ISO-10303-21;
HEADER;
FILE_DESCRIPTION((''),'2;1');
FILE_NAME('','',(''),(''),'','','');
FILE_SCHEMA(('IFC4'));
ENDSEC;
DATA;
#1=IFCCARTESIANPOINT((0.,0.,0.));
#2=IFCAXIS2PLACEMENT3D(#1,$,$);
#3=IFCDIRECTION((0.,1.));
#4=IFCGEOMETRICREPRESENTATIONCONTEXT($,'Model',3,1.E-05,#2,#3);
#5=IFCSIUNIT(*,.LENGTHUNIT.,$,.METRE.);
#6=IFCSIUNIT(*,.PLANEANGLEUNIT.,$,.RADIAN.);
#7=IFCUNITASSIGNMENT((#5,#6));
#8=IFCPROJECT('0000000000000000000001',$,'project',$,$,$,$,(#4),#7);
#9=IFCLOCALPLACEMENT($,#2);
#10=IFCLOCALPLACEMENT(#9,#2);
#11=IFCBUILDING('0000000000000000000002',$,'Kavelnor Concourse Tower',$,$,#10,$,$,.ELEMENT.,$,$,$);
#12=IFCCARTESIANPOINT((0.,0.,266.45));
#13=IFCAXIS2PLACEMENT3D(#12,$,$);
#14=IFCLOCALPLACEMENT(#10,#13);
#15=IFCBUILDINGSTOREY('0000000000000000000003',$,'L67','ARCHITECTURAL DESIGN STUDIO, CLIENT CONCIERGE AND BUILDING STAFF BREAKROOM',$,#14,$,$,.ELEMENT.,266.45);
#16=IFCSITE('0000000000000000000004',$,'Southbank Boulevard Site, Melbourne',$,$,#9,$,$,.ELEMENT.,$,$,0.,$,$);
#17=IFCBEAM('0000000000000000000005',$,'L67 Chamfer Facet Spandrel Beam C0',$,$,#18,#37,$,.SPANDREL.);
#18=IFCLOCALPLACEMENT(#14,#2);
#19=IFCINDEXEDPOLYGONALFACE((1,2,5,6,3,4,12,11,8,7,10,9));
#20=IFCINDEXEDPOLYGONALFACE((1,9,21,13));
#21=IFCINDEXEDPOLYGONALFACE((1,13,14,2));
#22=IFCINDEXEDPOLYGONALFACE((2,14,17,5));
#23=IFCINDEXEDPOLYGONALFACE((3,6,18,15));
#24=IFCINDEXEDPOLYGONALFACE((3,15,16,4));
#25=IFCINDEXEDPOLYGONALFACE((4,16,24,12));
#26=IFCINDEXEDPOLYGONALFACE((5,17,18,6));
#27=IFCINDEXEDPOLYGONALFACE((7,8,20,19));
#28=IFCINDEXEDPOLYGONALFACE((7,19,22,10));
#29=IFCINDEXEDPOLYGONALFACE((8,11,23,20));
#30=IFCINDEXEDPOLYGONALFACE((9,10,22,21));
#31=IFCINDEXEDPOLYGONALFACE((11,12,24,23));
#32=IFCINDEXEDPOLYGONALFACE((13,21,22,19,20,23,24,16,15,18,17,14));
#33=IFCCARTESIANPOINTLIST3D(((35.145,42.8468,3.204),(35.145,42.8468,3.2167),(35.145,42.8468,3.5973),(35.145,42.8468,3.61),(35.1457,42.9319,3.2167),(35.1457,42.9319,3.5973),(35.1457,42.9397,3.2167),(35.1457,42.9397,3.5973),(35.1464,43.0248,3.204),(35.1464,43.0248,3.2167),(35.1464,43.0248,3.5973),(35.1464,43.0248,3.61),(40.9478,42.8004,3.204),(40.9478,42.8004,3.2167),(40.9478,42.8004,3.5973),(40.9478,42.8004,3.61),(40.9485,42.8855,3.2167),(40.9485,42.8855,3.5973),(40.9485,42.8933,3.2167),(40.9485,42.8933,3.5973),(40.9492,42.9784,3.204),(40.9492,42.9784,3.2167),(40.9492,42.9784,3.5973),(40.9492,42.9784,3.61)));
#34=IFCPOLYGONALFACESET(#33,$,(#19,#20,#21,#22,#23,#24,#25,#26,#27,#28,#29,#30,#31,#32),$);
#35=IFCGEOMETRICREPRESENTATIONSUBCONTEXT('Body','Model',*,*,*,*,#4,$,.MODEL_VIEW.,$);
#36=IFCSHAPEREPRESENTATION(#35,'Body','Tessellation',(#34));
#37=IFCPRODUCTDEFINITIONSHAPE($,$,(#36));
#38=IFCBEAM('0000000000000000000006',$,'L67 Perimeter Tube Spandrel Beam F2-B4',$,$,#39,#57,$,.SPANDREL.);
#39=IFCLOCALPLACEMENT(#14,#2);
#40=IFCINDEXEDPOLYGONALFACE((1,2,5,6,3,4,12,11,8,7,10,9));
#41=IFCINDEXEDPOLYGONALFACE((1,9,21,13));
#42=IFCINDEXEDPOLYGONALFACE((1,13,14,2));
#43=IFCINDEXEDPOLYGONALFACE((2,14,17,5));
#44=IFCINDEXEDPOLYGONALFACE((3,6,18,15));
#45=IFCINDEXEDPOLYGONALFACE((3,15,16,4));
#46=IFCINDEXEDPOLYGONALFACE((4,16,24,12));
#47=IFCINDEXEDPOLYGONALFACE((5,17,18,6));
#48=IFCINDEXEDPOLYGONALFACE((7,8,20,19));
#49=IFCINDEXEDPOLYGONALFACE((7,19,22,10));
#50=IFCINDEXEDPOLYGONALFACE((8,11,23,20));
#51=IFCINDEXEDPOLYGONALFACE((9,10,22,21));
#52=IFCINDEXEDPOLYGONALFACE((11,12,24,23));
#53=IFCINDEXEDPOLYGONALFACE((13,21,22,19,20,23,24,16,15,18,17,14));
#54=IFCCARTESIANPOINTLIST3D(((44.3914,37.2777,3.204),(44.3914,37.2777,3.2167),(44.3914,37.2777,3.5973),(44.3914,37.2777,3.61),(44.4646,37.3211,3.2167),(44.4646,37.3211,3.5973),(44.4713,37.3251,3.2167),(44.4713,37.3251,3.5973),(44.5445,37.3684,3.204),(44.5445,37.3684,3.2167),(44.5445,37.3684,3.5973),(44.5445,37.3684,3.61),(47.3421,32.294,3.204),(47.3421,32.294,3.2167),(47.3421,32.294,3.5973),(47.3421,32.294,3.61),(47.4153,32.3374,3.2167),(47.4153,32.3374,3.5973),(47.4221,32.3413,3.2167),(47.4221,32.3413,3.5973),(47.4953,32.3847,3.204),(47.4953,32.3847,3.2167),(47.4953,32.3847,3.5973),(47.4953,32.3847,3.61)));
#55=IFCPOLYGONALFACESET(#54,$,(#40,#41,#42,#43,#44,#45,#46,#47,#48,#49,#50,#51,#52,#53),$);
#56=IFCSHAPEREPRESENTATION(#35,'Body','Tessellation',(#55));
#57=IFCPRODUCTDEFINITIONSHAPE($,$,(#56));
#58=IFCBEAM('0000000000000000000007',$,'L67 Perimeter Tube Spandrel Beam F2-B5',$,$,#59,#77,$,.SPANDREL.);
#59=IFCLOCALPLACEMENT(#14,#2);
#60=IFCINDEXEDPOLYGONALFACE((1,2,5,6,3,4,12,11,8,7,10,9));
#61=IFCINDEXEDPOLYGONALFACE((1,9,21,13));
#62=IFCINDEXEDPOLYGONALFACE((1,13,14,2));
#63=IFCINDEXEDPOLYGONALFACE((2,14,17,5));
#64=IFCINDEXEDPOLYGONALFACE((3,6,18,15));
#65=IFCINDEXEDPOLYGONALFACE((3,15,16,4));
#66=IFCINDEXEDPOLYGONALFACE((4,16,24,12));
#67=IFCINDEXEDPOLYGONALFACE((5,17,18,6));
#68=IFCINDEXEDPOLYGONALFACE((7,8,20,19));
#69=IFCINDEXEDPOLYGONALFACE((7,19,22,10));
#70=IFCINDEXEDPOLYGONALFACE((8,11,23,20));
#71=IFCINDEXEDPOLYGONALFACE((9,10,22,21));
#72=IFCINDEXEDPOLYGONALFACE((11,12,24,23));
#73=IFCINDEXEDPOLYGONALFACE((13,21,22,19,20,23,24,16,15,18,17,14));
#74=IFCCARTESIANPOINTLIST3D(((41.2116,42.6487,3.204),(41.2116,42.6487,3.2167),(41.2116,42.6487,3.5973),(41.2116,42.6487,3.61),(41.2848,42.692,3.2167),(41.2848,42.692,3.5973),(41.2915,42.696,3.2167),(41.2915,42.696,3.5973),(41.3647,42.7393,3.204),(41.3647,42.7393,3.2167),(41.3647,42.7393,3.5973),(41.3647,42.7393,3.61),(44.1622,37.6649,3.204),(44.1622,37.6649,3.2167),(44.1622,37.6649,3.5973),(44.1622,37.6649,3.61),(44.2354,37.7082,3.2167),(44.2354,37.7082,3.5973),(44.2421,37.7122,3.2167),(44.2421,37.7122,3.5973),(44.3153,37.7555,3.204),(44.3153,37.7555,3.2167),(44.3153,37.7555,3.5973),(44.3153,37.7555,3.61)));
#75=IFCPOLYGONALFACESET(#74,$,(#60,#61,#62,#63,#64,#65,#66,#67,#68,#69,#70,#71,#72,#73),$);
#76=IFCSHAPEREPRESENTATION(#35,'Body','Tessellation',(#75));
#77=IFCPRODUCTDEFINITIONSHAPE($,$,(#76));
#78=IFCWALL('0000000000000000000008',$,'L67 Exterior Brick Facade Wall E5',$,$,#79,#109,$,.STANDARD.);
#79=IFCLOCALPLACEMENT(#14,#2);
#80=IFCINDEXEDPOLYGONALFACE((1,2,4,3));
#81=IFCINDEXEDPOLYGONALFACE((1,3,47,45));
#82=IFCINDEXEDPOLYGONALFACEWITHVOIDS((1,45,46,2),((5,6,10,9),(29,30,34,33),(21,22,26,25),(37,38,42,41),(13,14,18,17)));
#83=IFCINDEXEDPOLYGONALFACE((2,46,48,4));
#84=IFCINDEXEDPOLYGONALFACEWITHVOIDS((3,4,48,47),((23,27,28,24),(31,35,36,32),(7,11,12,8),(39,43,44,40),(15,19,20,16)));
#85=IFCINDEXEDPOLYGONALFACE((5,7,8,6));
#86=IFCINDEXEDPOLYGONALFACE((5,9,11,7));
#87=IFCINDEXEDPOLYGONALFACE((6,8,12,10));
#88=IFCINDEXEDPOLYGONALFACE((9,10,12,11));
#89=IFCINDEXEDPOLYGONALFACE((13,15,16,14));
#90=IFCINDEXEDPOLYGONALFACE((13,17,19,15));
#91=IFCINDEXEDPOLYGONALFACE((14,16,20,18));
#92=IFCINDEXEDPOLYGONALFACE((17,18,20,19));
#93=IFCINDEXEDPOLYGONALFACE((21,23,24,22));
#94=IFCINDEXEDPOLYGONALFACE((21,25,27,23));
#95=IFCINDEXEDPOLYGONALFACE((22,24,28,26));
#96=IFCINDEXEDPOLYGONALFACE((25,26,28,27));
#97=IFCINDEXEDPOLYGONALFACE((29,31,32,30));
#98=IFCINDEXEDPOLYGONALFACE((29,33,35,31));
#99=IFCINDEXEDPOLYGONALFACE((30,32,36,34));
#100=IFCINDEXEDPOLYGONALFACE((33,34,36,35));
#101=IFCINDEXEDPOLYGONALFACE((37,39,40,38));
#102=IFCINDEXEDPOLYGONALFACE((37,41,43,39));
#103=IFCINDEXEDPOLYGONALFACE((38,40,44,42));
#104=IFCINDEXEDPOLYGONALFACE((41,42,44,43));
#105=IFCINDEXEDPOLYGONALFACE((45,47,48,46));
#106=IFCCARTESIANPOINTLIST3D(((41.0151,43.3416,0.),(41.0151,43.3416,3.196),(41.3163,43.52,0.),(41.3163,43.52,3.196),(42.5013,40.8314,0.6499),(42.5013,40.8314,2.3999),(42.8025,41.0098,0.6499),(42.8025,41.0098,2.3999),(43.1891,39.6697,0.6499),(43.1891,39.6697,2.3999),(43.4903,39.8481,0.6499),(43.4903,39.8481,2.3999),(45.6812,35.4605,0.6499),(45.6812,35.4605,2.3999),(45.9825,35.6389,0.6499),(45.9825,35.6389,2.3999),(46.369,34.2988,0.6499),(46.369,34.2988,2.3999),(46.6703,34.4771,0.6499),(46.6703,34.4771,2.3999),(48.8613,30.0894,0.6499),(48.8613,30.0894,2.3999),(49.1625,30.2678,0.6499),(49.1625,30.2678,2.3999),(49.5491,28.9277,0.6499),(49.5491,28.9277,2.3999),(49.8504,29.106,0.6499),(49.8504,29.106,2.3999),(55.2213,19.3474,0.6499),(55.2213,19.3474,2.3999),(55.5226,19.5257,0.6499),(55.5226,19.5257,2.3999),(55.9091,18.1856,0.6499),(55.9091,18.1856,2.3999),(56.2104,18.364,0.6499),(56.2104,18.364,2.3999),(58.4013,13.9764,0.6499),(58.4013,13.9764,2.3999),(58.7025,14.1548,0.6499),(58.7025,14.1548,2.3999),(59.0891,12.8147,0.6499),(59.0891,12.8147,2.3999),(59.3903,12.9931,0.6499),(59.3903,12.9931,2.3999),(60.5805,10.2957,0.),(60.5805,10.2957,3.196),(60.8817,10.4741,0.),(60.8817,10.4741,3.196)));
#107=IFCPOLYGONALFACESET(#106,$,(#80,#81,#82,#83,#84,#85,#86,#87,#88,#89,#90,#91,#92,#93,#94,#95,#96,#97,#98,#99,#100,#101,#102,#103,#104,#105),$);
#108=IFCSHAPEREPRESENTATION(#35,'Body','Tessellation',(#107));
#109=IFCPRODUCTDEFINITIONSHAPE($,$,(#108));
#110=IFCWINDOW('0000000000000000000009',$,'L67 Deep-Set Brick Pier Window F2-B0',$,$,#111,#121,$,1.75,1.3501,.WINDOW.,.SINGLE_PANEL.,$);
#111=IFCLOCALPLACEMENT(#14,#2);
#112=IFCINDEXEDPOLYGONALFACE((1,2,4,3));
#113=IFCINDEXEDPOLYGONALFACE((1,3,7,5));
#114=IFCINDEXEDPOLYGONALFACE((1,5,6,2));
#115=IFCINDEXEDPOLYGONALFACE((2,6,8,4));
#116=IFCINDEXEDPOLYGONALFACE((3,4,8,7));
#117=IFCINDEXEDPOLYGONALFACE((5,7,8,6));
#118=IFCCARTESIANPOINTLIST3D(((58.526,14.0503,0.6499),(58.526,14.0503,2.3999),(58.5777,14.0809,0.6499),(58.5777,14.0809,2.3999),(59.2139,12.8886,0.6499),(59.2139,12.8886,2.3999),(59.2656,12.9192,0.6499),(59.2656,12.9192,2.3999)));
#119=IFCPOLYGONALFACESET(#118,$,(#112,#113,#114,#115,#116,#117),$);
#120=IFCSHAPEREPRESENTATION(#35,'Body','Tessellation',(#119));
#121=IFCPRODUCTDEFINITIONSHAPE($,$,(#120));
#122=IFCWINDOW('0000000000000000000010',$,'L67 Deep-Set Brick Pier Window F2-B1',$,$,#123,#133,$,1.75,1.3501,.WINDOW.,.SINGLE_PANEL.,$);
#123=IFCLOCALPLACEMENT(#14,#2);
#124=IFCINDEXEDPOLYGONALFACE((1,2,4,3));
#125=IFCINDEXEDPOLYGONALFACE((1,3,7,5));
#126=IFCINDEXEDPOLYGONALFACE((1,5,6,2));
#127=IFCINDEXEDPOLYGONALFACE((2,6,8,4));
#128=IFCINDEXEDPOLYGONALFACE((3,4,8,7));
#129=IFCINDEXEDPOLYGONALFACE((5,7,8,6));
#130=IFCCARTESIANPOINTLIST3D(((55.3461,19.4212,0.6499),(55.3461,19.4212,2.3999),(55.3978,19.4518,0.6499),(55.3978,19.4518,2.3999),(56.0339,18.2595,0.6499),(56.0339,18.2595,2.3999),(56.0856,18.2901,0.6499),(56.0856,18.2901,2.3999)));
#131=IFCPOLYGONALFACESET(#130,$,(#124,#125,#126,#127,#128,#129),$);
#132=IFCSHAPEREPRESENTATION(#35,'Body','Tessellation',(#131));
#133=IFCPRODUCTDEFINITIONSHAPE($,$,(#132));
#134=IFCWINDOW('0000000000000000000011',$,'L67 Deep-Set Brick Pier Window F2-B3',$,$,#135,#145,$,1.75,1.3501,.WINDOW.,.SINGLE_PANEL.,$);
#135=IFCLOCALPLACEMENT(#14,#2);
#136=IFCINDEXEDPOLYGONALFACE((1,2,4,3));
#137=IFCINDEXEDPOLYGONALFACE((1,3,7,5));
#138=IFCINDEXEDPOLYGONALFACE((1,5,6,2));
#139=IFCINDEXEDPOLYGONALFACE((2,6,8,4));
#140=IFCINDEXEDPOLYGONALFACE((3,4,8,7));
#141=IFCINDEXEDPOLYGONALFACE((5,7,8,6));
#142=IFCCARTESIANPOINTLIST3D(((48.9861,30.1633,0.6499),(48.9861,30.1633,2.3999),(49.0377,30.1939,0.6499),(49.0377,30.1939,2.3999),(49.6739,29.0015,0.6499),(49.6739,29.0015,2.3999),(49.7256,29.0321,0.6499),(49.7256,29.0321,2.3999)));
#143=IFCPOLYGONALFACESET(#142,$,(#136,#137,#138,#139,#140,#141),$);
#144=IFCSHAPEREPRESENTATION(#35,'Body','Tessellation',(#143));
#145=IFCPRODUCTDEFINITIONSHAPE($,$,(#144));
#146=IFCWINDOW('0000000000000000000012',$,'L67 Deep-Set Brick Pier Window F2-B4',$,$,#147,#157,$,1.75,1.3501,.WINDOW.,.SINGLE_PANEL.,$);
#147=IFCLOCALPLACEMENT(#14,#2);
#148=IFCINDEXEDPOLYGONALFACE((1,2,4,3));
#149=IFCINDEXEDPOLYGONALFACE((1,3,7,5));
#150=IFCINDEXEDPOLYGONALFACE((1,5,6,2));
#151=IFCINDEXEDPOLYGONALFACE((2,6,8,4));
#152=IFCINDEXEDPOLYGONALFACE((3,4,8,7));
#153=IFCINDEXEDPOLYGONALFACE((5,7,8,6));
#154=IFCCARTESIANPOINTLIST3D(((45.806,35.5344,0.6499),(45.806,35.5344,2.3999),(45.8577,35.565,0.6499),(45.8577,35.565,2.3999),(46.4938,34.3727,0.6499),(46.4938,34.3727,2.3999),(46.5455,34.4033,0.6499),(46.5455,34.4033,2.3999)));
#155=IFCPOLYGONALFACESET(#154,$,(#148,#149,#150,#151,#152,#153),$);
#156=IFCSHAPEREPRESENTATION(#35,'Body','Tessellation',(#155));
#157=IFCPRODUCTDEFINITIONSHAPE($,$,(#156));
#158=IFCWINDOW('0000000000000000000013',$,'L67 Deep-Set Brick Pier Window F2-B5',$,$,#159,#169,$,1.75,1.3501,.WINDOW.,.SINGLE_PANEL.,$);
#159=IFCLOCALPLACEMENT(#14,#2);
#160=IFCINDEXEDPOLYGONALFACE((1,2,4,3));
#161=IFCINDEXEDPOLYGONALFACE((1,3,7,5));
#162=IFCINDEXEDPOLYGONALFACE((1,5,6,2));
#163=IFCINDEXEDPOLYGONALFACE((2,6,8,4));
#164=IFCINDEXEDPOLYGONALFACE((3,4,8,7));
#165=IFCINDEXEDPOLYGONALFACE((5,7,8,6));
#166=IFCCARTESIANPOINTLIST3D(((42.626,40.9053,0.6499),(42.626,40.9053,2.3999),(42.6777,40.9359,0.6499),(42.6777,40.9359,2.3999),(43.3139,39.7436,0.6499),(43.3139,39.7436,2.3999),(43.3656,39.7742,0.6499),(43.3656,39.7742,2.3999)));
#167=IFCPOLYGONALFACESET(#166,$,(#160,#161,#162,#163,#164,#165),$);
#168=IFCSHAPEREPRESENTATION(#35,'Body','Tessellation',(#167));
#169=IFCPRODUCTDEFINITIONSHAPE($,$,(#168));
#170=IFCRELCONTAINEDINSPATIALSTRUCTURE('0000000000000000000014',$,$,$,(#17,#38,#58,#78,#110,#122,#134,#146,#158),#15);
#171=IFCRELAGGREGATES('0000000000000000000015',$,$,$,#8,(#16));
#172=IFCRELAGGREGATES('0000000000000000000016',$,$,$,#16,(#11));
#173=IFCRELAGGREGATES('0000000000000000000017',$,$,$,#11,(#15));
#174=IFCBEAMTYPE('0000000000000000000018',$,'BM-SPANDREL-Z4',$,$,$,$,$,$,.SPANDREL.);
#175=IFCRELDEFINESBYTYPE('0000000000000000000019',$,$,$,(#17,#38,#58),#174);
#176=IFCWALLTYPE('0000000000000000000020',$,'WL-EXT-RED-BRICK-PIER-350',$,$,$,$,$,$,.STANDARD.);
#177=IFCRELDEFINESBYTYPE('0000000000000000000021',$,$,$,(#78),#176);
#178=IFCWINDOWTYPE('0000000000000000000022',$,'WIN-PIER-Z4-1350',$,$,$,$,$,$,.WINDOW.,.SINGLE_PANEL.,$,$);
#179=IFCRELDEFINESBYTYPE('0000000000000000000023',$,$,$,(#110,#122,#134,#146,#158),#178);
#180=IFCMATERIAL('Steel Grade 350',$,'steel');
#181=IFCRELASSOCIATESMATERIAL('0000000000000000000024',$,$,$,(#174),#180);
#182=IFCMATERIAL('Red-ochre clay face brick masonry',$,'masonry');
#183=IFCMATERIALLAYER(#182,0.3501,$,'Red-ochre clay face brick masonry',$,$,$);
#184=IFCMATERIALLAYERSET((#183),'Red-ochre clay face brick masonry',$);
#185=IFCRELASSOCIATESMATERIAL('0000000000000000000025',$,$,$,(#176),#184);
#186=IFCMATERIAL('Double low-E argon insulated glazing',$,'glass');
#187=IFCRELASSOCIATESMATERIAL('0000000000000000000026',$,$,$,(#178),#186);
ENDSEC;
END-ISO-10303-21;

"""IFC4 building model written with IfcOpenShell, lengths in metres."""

from ifc_helpers import new_model, si_unit, direction, frame, frame_2d, origin, origin_2d, place, context, subcontext, project, spatial, rectangle, i_section, extrude, material, layer, layer_set, material_profile, profile_set, type_object, element, fill, save


model = new_model("IFC4")

# Units and contexts
model_context = context("Model", 3, precision=1e-05, world=origin(), true_north=direction((0.0, 1.0)))
body_context = subcontext(model_context, "Body", "Model", "MODEL_VIEW")
ifc_project = project(units=[si_unit("LENGTHUNIT", "METRE"), si_unit("PLANEANGLEUNIT", "RADIAN")], contexts=[model_context])

# Site, building, storey
site_placement = place(None, origin())
site = spatial("IfcSite", under=ifc_project, at=site_placement, Name="Southbank Boulevard Site, Melbourne", CompositionType="ELEMENT", RefElevation=0.0)
building_placement = place(site_placement, origin())
building = spatial("IfcBuilding", under=site, at=building_placement, Name="Kavelnor Concourse Tower", CompositionType="ELEMENT")
storey_placement = place(building_placement, frame((0.0, 0.0, 266.45)))
storey = spatial("IfcBuildingStorey", under=building, at=storey_placement, Name="L67", Description="ARCHITECTURAL DESIGN STUDIO, CLIENT CONCIERGE AND BUILDING STAFF BREAKROOM", CompositionType="ELEMENT", Elevation=266.45)

# Shared definitions
ifc_material_1 = material(Name="Steel Grade 350", Category="steel")

# Beams
ifc_material_profile_1 = material_profile(ifc_material_1, i_section(OverallWidth=0.178, OverallDepth=0.406, WebThickness=0.0078, FlangeThickness=0.0127, at=origin_2d()), Name="410UB59")
ifc_profile_set_1 = profile_set([ifc_material_profile_1], Name="Steel Grade 350")
beam_type_1 = type_object("IfcBeamType", Name="BM-SPANDREL-Z4", PredefinedType="SPANDREL", material=ifc_profile_set_1)
beam_1_placement = place(storey_placement, frame((40.9485, 42.8894, 3.407), z_axis=(-0.999968, 0.007994, 0.0), x_axis=(-0.007994, -0.999968, 0.0)))
element("IfcBeam", 1, at=beam_1_placement, inside=storey, type_object=beam_type_1, Name="L67 Chamfer Facet Spandrel Beam C0", PredefinedType="SPANDREL", context=body_context, shape_type="SweptSolid", body=[
    extrude(i_section(OverallWidth=0.178, OverallDepth=0.406, WebThickness=0.0078, FlangeThickness=0.0127, at=origin_2d()), origin(), (0.0, 0.0, 1.0), 5.803),
])
for number, where, z_axis, x_axis, name in (
    (2, (47.4187, 32.3394, 3.407), (-0.509472, 0.860487, 0.0), (-0.860487, -0.509472, 0.0), "L67 Perimeter Tube Spandrel Beam F2-B4"),
    (3, (44.2388, 37.7102, 3.407), (-0.509453, 0.860498, 0.0), (-0.860498, -0.509453, 0.0), "L67 Perimeter Tube Spandrel Beam F2-B5"),
):
    element("IfcBeam", number, at=place(storey_placement, frame(where, z_axis=z_axis, x_axis=x_axis)), inside=storey, type_object=beam_type_1, Name=name, PredefinedType="SPANDREL", context=body_context, shape_type="SweptSolid", body=[
        extrude(i_section(OverallWidth=0.178, OverallDepth=0.406, WebThickness=0.0078, FlangeThickness=0.0127, at=origin_2d()), origin(), (0.0, 0.0, 1.0), 5.7917),
    ])

# Wall, openings, windows
ifc_material_2 = material(Name="Red-ochre clay face brick masonry", Category="masonry")
ifc_layer_1 = layer(ifc_material_2, 0.3501, Name="Red-ochre clay face brick masonry")
ifc_layer_set_1 = layer_set([ifc_layer_1], Name="Red-ochre clay face brick masonry")
wall_type_1 = type_object("IfcWallType", Name="WL-EXT-RED-BRICK-PIER-350", PredefinedType="STANDARD", material=ifc_layer_set_1)
wall_1_placement = place(storey_placement, frame((41.1658, 43.4307, 0.0), z_axis=(0.0, 0.0, 1.0), x_axis=(0.509468, -0.860489, 0.0)))
wall_1 = element("IfcWall", 4, at=wall_1_placement, inside=storey, type_object=wall_type_1, Name="L67 Exterior Brick Facade Wall E5", PredefinedType="STANDARD", context=body_context, shape_type="SweptSolid", body=[
    extrude(rectangle(XDim=38.4036, YDim=0.3501, at=frame_2d((19.2017, 0.0))), origin(), (0.0, 0.0, 1.0), 3.196),
])
opening_1_placement = place(wall_1_placement, frame((34.126, 0.0, 0.6499)))
opening_1 = element("IfcOpeningElement", 5, at=opening_1_placement, cuts=wall_1, PredefinedType="OPENING", context=body_context, shape_type="SweptSolid", body=[
    extrude(rectangle(XDim=1.3501, YDim=1.75, at=frame_2d((0.675, 0.875))), frame((0.0, 0.1851, 0.0), z_axis=(0.0, -1.0, 0.0), x_axis=(1.0, 0.0, 0.0)), (0.0, 0.0, 1.0), 0.3701),
])
opening_2_placement = place(wall_1_placement, frame((27.8843, 0.0, 0.6499)))
opening_2 = element("IfcOpeningElement", 6, at=opening_2_placement, cuts=wall_1, PredefinedType="OPENING", context=body_context, shape_type="SweptSolid", body=[
    extrude(rectangle(XDim=1.3501, YDim=1.75, at=frame_2d((0.675, 0.875))), frame((0.0, 0.1851, 0.0), z_axis=(0.0, -1.0, 0.0), x_axis=(1.0, 0.0, 0.0)), (0.0, 0.0, 1.0), 0.3701),
])
opening_3_placement = place(wall_1_placement, frame((15.4006, 0.0, 0.6499)))
opening_3 = element("IfcOpeningElement", 7, at=opening_3_placement, cuts=wall_1, PredefinedType="OPENING", context=body_context, shape_type="SweptSolid", body=[
    extrude(rectangle(XDim=1.3501, YDim=1.75, at=frame_2d((0.675, 0.875))), frame((0.0, 0.1851, 0.0), z_axis=(0.0, -1.0, 0.0), x_axis=(1.0, 0.0, 0.0)), (0.0, 0.0, 1.0), 0.3701),
])
opening_4_placement = place(wall_1_placement, frame((9.1587, 0.0, 0.6499)))
opening_4 = element("IfcOpeningElement", 8, at=opening_4_placement, cuts=wall_1, PredefinedType="OPENING", context=body_context, shape_type="SweptSolid", body=[
    extrude(rectangle(XDim=1.3501, YDim=1.75, at=frame_2d((0.675, 0.875))), frame((0.0, 0.1851, 0.0), z_axis=(0.0, -1.0, 0.0), x_axis=(1.0, 0.0, 0.0)), (0.0, 0.0, 1.0), 0.3701),
])
opening_5_placement = place(wall_1_placement, frame((2.917, 0.0, 0.6499)))
opening_5 = element("IfcOpeningElement", 9, at=opening_5_placement, cuts=wall_1, PredefinedType="OPENING", context=body_context, shape_type="SweptSolid", body=[
    extrude(rectangle(XDim=1.3501, YDim=1.75, at=frame_2d((0.675, 0.875))), frame((0.0, 0.1851, 0.0), z_axis=(0.0, -1.0, 0.0), x_axis=(1.0, 0.0, 0.0)), (0.0, 0.0, 1.0), 0.3701),
])
ifc_material_3 = material(Name="Double low-E argon insulated glazing", Category="glass")
window_type = type_object("IfcWindowType", Name="WIN-PIER-Z4-1350", PartitioningType="SINGLE_PANEL", PredefinedType="WINDOW", material=ifc_material_3)
window_1_placement = place(opening_1_placement, origin())
window_1 = element("IfcWindow", 10, at=window_1_placement, inside=storey, type_object=window_type, Name="L67 Deep-Set Brick Pier Window F2-B0", OverallHeight=1.75, OverallWidth=1.3501, PartitioningType="SINGLE_PANEL", PredefinedType="WINDOW", context=body_context, shape_type="SweptSolid", body=[
    extrude(rectangle(XDim=1.3501, YDim=1.75, at=frame_2d((0.675, 0.875))), frame((0.0, 0.03, 0.0), z_axis=(0.0, -1.0, 0.0), x_axis=(1.0, 0.0, 0.0)), (0.0, 0.0, 1.0), 0.0601),
])
fill(opening_1, window_1)
window_2_placement = place(opening_2_placement, origin())
window_2 = element("IfcWindow", 11, at=window_2_placement, inside=storey, type_object=window_type, Name="L67 Deep-Set Brick Pier Window F2-B1", OverallHeight=1.75, OverallWidth=1.3501, PartitioningType="SINGLE_PANEL", PredefinedType="WINDOW", context=body_context, shape_type="SweptSolid", body=[
    extrude(rectangle(XDim=1.3501, YDim=1.75, at=frame_2d((0.675, 0.875))), frame((0.0, 0.03, 0.0), z_axis=(0.0, -1.0, 0.0), x_axis=(1.0, 0.0, 0.0)), (0.0, 0.0, 1.0), 0.0601),
])
fill(opening_2, window_2)
window_3_placement = place(opening_3_placement, origin())
window_3 = element("IfcWindow", 12, at=window_3_placement, inside=storey, type_object=window_type, Name="L67 Deep-Set Brick Pier Window F2-B3", OverallHeight=1.75, OverallWidth=1.3501, PartitioningType="SINGLE_PANEL", PredefinedType="WINDOW", context=body_context, shape_type="SweptSolid", body=[
    extrude(rectangle(XDim=1.3501, YDim=1.75, at=frame_2d((0.675, 0.875))), frame((0.0, 0.03, 0.0), z_axis=(0.0, -1.0, 0.0), x_axis=(1.0, 0.0, 0.0)), (0.0, 0.0, 1.0), 0.0601),
])
fill(opening_3, window_3)
window_4_placement = place(opening_4_placement, origin())
window_4 = element("IfcWindow", 13, at=window_4_placement, inside=storey, type_object=window_type, Name="L67 Deep-Set Brick Pier Window F2-B4", OverallHeight=1.75, OverallWidth=1.3501, PartitioningType="SINGLE_PANEL", PredefinedType="WINDOW", context=body_context, shape_type="SweptSolid", body=[
    extrude(rectangle(XDim=1.3501, YDim=1.75, at=frame_2d((0.675, 0.875))), frame((0.0, 0.03, 0.0), z_axis=(0.0, -1.0, 0.0), x_axis=(1.0, 0.0, 0.0)), (0.0, 0.0, 1.0), 0.0601),
])
fill(opening_4, window_4)
window_5_placement = place(opening_5_placement, origin())
window_5 = element("IfcWindow", 14, at=window_5_placement, inside=storey, type_object=window_type, Name="L67 Deep-Set Brick Pier Window F2-B5", OverallHeight=1.75, OverallWidth=1.3501, PartitioningType="SINGLE_PANEL", PredefinedType="WINDOW", context=body_context, shape_type="SweptSolid", body=[
    extrude(rectangle(XDim=1.3501, YDim=1.75, at=frame_2d((0.675, 0.875))), frame((0.0, 0.03, 0.0), z_axis=(0.0, -1.0, 0.0), x_axis=(1.0, 0.0, 0.0)), (0.0, 0.0, 1.0), 0.0601),
])
fill(opening_5, window_5)

save(model, "model.ifc")
